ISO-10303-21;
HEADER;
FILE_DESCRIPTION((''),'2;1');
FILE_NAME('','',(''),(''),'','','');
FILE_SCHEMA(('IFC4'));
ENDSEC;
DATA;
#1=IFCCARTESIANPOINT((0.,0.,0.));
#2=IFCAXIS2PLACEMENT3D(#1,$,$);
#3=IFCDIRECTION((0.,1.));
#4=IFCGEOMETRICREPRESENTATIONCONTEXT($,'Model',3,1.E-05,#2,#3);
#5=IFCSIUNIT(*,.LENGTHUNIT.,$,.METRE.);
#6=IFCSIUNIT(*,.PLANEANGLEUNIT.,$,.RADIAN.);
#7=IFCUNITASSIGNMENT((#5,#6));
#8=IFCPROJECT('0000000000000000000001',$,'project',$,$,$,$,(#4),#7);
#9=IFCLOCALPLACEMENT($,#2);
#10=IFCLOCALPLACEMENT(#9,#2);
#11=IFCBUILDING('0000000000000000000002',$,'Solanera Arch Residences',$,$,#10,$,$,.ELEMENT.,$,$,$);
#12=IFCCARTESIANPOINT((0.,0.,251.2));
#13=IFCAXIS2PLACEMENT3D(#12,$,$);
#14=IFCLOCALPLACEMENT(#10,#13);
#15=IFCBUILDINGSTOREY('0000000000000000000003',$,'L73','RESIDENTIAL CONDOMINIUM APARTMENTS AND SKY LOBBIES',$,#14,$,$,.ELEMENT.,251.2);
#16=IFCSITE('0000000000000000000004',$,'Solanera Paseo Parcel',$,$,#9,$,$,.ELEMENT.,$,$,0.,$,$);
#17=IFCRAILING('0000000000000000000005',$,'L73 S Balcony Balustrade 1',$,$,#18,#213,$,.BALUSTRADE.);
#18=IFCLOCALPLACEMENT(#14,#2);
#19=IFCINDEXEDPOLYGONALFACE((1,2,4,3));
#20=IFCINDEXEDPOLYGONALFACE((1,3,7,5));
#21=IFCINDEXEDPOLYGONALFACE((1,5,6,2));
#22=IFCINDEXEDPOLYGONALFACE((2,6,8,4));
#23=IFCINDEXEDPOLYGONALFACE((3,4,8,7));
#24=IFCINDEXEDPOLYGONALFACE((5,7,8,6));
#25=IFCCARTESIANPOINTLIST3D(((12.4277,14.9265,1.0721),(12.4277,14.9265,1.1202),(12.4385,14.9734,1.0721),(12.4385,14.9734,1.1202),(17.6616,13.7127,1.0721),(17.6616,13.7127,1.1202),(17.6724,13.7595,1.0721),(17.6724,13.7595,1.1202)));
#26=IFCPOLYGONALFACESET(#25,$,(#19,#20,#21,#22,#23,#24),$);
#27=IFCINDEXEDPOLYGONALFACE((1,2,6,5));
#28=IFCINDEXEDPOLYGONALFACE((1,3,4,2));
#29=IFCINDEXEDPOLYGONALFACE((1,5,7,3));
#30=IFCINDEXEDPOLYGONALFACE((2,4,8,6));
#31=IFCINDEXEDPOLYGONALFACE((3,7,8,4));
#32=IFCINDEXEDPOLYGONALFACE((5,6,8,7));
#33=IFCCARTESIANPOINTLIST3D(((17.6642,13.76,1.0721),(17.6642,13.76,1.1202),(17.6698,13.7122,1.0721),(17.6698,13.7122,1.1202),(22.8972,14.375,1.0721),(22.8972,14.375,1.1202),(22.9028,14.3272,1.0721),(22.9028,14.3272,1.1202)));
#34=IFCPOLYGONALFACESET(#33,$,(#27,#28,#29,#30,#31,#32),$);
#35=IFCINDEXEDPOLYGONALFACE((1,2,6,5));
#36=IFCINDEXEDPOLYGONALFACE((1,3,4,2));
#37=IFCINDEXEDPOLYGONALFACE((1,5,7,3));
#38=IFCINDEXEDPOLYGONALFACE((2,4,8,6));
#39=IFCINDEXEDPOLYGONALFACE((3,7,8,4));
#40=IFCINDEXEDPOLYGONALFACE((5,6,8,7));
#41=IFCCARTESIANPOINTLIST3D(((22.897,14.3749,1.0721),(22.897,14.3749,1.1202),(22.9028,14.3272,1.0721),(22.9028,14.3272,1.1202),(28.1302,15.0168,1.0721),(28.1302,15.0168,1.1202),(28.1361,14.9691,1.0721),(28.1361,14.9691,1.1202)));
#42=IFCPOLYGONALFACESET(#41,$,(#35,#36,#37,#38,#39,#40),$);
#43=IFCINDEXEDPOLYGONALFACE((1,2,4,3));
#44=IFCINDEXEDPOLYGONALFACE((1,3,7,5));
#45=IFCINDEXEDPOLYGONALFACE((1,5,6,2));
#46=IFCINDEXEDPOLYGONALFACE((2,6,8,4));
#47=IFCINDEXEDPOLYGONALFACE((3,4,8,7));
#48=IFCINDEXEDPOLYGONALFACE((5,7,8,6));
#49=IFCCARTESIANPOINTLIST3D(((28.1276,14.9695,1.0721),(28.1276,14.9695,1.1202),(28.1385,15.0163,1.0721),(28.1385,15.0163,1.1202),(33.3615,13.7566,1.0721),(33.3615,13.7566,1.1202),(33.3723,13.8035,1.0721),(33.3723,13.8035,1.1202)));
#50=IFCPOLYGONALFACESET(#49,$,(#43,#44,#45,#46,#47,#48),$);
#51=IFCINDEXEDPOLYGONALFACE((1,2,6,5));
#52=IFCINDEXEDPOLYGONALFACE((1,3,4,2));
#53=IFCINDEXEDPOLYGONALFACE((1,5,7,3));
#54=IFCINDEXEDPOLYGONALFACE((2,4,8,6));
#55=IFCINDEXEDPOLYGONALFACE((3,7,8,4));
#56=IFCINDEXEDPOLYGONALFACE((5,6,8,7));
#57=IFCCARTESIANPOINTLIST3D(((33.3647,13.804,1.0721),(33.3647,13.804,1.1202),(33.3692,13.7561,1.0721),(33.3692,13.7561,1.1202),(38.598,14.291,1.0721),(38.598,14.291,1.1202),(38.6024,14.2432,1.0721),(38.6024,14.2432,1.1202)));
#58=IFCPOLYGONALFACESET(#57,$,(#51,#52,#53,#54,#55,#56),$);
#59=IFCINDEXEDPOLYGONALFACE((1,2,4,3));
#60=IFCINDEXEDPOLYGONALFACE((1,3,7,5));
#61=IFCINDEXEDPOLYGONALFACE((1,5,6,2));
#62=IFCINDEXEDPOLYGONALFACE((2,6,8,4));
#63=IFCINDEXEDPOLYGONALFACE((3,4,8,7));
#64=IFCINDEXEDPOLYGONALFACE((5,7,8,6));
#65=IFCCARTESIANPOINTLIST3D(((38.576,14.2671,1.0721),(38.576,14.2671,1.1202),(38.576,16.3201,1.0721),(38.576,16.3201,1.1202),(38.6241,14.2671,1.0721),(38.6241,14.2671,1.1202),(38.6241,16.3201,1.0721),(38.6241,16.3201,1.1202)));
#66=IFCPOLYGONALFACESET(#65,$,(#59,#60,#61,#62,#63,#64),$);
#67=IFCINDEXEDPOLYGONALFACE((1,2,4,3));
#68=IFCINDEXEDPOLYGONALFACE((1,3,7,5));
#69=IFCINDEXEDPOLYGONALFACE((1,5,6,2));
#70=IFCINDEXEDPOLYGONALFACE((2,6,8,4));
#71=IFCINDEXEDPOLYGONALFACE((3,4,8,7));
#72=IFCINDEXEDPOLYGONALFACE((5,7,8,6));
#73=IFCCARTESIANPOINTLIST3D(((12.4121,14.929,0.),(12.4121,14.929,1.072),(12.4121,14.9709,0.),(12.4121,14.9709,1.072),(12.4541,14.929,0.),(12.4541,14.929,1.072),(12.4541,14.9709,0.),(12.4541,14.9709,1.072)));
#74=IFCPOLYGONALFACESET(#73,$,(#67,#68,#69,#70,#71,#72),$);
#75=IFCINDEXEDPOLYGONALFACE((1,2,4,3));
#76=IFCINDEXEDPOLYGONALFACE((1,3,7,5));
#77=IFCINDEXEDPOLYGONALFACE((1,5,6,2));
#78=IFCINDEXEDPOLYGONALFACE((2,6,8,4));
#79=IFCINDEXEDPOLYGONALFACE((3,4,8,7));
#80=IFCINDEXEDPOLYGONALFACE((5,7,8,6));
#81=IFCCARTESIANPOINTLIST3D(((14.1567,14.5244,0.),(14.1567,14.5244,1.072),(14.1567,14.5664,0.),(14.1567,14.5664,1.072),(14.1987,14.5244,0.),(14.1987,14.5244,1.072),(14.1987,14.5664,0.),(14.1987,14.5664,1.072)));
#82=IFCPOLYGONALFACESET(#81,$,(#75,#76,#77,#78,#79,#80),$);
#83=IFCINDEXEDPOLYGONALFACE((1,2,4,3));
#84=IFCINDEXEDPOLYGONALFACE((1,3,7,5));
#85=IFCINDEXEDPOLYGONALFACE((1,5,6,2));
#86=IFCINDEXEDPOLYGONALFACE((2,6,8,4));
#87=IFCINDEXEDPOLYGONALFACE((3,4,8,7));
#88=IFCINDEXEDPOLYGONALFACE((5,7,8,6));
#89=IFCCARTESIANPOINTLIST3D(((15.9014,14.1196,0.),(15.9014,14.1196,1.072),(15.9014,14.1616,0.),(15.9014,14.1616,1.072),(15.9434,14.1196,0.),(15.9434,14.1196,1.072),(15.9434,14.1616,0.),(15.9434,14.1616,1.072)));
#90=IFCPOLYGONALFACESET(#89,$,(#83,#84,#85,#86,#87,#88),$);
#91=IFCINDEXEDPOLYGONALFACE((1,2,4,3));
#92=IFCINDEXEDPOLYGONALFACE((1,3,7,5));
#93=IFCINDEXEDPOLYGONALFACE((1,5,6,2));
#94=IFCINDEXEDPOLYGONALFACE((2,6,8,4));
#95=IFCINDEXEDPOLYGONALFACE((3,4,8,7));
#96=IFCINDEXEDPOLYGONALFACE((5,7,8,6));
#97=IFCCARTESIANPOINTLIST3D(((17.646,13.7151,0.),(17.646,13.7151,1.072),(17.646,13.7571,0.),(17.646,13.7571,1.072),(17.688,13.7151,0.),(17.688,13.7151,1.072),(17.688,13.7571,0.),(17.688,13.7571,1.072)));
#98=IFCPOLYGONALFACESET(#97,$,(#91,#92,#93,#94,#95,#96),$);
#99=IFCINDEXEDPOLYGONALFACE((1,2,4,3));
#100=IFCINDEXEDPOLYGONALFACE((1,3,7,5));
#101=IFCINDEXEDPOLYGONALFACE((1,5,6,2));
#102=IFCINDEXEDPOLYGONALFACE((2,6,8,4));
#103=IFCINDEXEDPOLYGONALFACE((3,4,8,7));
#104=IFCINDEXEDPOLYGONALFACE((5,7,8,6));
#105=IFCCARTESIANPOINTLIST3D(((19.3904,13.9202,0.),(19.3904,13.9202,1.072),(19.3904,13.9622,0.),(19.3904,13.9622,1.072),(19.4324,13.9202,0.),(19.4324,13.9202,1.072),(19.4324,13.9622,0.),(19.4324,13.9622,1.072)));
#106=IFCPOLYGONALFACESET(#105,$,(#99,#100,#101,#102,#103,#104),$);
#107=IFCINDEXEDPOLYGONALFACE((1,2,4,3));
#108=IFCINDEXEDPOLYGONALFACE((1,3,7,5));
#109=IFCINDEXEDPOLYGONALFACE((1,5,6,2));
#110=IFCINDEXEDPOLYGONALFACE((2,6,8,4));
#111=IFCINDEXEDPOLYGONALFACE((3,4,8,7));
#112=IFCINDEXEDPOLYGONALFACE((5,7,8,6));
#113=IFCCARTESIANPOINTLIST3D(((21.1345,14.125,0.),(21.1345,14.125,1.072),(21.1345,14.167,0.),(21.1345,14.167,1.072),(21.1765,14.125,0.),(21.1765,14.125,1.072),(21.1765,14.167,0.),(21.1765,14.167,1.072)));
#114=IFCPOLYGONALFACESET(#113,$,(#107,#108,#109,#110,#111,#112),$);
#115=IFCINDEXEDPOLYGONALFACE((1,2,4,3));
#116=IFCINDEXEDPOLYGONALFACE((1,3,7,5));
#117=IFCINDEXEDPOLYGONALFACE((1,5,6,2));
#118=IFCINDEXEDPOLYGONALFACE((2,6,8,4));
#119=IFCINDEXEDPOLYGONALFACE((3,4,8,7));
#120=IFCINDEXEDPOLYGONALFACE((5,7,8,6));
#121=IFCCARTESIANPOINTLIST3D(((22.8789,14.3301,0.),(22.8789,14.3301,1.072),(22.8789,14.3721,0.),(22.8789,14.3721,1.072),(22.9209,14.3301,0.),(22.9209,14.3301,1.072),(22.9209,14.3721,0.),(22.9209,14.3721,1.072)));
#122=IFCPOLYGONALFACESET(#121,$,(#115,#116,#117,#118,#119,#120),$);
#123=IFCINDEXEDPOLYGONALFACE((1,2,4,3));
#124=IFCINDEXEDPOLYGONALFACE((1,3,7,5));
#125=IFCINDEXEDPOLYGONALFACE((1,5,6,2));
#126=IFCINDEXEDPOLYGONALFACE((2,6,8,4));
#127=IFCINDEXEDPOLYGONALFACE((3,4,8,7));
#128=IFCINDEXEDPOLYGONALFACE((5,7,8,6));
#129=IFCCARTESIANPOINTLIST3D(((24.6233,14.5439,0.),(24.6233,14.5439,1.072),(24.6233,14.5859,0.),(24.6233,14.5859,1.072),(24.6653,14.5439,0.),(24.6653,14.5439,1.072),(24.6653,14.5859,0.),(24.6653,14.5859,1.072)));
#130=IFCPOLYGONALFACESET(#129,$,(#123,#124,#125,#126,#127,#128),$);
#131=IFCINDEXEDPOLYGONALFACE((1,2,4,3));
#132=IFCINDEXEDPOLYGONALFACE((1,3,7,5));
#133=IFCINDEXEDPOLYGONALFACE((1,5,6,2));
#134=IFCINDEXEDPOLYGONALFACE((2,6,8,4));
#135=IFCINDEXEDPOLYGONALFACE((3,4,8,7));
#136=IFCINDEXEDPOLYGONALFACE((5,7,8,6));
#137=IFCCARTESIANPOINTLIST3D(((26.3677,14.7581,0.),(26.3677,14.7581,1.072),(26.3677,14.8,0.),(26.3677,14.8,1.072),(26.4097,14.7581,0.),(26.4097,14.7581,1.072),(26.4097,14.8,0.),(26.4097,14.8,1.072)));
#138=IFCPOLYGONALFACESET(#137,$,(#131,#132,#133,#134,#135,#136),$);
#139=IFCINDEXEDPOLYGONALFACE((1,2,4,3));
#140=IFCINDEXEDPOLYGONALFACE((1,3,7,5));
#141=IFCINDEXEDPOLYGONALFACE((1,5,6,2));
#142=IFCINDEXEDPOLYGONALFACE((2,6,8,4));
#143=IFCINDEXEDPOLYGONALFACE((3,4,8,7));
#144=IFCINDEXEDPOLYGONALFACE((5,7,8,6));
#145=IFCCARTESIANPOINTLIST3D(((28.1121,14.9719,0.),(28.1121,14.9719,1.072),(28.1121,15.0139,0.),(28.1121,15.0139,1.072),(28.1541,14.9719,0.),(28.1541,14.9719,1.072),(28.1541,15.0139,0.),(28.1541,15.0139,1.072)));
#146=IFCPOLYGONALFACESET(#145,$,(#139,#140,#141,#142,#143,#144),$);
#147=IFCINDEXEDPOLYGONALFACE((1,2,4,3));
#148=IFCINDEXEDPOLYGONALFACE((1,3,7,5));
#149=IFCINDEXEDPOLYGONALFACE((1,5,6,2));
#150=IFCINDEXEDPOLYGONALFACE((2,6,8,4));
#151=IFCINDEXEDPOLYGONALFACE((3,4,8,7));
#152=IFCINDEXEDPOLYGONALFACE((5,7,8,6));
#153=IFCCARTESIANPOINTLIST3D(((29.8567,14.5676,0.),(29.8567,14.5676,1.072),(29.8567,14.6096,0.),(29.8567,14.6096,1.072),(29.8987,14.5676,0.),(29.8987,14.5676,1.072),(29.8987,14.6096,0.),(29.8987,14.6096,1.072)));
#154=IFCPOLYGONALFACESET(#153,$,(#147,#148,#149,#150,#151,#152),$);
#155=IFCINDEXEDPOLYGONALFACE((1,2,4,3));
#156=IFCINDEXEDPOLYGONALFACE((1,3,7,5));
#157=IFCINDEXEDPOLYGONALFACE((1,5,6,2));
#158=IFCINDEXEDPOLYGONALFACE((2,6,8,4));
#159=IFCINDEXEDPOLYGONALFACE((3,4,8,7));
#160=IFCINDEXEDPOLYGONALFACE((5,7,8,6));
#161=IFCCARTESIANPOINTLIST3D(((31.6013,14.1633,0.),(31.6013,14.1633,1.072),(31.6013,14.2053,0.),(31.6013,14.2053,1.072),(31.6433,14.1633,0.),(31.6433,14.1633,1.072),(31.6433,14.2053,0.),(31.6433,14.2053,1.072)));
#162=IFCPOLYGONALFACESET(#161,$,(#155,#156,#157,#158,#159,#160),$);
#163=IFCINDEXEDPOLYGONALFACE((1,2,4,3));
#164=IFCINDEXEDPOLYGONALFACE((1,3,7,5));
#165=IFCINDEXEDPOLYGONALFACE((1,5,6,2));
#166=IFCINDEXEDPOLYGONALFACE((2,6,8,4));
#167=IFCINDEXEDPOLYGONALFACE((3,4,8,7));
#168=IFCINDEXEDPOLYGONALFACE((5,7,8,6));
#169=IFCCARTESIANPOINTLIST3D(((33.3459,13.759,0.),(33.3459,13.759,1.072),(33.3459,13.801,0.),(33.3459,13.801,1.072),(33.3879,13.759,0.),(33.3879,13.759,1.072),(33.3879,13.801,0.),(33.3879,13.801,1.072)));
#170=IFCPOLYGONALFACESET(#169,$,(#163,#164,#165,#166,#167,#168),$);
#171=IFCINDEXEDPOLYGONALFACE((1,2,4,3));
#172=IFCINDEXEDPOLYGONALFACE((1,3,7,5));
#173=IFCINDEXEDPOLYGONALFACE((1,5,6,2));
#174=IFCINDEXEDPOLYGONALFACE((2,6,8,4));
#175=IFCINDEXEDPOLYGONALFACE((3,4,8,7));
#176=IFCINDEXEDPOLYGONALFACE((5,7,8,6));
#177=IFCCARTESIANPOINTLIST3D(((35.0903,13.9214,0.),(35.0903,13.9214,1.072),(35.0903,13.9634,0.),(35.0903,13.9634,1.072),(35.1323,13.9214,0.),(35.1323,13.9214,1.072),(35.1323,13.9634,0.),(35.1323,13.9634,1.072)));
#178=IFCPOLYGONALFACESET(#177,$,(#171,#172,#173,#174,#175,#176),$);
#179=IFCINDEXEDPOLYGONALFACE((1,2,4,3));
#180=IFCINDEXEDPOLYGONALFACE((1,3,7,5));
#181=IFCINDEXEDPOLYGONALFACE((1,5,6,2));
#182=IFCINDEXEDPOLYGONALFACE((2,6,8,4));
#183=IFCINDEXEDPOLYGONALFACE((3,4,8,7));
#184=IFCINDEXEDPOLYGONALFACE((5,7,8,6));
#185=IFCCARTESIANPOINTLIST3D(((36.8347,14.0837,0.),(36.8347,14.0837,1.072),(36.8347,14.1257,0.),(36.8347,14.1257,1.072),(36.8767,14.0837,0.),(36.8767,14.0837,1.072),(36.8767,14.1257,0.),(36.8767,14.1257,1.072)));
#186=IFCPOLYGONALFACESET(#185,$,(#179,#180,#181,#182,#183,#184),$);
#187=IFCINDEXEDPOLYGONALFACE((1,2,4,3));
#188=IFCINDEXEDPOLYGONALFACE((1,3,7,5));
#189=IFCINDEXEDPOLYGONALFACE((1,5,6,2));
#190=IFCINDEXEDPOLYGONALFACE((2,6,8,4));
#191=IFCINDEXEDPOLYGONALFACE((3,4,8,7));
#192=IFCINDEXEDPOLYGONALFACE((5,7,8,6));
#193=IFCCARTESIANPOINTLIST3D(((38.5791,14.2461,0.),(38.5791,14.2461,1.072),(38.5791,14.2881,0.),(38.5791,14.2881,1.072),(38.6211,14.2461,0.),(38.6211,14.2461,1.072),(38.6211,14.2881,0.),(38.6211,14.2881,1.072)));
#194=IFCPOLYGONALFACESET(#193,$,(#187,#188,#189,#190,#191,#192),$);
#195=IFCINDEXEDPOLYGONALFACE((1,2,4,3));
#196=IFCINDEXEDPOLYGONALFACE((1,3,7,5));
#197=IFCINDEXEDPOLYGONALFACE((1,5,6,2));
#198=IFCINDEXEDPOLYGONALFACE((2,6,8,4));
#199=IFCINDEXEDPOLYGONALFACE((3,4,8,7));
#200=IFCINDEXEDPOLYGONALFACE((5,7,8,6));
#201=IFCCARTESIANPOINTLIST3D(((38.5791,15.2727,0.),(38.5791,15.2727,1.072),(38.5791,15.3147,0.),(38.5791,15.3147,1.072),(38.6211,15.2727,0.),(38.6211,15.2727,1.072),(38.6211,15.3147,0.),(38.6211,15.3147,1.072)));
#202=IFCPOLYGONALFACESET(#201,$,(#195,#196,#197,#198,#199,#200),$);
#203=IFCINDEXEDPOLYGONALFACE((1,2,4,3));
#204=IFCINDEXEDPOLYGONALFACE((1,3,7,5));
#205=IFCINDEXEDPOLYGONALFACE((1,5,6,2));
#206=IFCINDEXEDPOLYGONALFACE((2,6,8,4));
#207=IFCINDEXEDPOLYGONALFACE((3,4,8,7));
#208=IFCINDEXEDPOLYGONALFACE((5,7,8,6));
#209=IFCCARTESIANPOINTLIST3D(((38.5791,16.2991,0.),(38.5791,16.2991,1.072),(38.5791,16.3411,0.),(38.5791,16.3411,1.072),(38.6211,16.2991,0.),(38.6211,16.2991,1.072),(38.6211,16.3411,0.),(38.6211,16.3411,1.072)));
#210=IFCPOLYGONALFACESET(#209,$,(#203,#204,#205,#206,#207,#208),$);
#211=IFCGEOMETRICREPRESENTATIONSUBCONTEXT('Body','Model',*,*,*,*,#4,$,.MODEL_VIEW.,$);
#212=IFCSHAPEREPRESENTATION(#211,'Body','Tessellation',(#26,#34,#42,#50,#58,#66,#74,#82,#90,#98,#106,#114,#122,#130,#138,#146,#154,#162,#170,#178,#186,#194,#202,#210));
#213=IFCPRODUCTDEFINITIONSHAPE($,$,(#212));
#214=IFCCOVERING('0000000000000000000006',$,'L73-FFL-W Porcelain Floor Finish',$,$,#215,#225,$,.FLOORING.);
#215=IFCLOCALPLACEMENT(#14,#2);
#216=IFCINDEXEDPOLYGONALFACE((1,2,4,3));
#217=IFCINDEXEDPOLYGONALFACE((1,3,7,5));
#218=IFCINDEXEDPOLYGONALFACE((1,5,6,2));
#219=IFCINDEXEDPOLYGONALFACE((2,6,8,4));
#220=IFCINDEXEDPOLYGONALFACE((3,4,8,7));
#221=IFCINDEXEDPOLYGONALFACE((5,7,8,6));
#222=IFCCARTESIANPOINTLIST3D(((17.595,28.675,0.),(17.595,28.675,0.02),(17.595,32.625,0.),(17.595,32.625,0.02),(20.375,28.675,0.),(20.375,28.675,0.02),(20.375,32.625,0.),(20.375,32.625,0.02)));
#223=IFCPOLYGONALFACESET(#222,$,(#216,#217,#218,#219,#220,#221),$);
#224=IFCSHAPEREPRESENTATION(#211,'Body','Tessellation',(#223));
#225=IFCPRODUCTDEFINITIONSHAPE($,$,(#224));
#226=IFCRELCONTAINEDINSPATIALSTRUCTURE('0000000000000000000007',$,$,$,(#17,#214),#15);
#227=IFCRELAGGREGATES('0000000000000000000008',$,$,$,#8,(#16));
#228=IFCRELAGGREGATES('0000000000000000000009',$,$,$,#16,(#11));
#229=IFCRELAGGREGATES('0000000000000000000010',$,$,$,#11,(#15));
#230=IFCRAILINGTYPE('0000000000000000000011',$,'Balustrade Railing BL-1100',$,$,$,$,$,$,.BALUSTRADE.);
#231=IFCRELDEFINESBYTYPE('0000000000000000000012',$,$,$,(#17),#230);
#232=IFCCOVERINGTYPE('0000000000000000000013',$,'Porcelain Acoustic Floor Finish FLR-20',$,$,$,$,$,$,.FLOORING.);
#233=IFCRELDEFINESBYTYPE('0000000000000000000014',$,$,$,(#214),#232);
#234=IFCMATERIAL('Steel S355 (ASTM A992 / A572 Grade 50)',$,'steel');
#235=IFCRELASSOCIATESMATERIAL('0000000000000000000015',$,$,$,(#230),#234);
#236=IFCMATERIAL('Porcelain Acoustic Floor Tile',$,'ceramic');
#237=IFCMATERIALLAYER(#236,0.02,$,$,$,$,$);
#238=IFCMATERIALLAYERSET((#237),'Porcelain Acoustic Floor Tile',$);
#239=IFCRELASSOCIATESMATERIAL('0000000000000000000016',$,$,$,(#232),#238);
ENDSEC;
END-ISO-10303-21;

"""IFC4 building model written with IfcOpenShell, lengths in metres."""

from ifc_helpers import new_model, si_unit, direction, frame, origin, origin_2d, place, context, subcontext, project, spatial, polyline, rectangle, outline, extrude, material, layer, layer_set, type_object, element, save


model = new_model("IFC4")

# Units and contexts
model_context = context("Model", 3, precision=1e-05, world=origin(), true_north=direction((0.0, 1.0)))
body_context = subcontext(model_context, "Body", "Model", "MODEL_VIEW")
ifc_project = project(units=[si_unit("LENGTHUNIT", "METRE"), si_unit("PLANEANGLEUNIT", "RADIAN")], contexts=[model_context])

# Site, building, storey
site_placement = place(None, origin())
site = spatial("IfcSite", under=ifc_project, at=site_placement, Name="Solanera Paseo Parcel", CompositionType="ELEMENT", RefElevation=0.0)
building_placement = place(site_placement, origin())
building = spatial("IfcBuilding", under=site, at=building_placement, Name="Solanera Arch Residences", CompositionType="ELEMENT")
storey_placement = place(building_placement, frame((0.0, 0.0, 251.2)))
storey = spatial("IfcBuildingStorey", under=building, at=storey_placement, Name="L73", Description="RESIDENTIAL CONDOMINIUM APARTMENTS AND SKY LOBBIES", CompositionType="ELEMENT", Elevation=251.2)

# Railing
ifc_material_1 = material(Name="Steel S355 (ASTM A992 / A572 Grade 50)", Category="steel")
railing_type = type_object("IfcRailingType", Name="Balustrade Railing BL-1100", PredefinedType="BALUSTRADE", material=ifc_material_1)
railing_placement = place(storey_placement, frame((12.4331, 14.95, 0.0)))
element("IfcRailing", 1, at=railing_placement, inside=storey, type_object=railing_type, Name="L73 S Balcony Balustrade 1", PredefinedType="BALUSTRADE", context=body_context, shape_type="SweptSolid", body=[
    extrude(rectangle(XDim=0.0481, YDim=0.0481, at=origin_2d()), frame((0.0, 0.0, 1.0962), z_axis=(0.974144, -0.225928, 0.0), x_axis=(0.225928, 0.974144, 0.0)), (0.0, 0.0, 1.0), 5.3728),
    extrude(rectangle(XDim=0.0481, YDim=0.0481, at=origin_2d()), frame((5.2339, -1.2139, 1.0962), z_axis=(0.993165, 0.11672, 0.0), x_axis=(-0.11672, 0.993165, 0.0)), (0.0, 0.0, 1.0), 5.269),
    extrude(rectangle(XDim=0.0481, YDim=0.0481, at=origin_2d()), frame((10.4668, -0.5989, 1.0962), z_axis=(0.992562, 0.121738, 0.0), x_axis=(-0.121738, 0.992562, 0.0)), (0.0, 0.0, 1.0), 5.2725),
    extrude(rectangle(XDim=0.0481, YDim=0.0481, at=origin_2d()), frame((15.7, 0.043, 1.0962), z_axis=(0.974184, -0.225755, 0.0), x_axis=(0.225755, 0.974184, 0.0)), (0.0, 0.0, 1.0), 5.3726),
    extrude(rectangle(XDim=0.0481, YDim=0.0481, at=origin_2d()), frame((20.9338, -1.1699, 1.0962), z_axis=(0.995697, 0.092672, 0.0), x_axis=(-0.092672, 0.995697, 0.0)), (0.0, 0.0, 1.0), 5.2559),
    extrude(rectangle(XDim=0.0481, YDim=0.0481, at=origin_2d()), frame((26.167, -0.6829, 1.0962), z_axis=(0.0, 1.0, 0.0), x_axis=(-1.0, 0.0, 0.0)), (0.0, 0.0, 1.0), 2.053),
    extrude(rectangle(XDim=0.042, YDim=0.042, at=origin_2d()), origin(), (0.0, 0.0, 1.0), 1.072),
    extrude(rectangle(XDim=0.042, YDim=0.042, at=origin_2d()), frame((1.7446, -0.4045, 0.0)), (0.0, 0.0, 1.0), 1.072),
    extrude(rectangle(XDim=0.042, YDim=0.042, at=origin_2d()), frame((3.4893, -0.8093, 0.0)), (0.0, 0.0, 1.0), 1.072),
    extrude(rectangle(XDim=0.042, YDim=0.042, at=origin_2d()), frame((5.2339, -1.2139, 0.0)), (0.0, 0.0, 1.0), 1.072),
    extrude(rectangle(XDim=0.042, YDim=0.042, at=origin_2d()), frame((6.9783, -1.0088, 0.0)), (0.0, 0.0, 1.0), 1.072),
    extrude(rectangle(XDim=0.042, YDim=0.042, at=origin_2d()), frame((8.7224, -0.804, 0.0)), (0.0, 0.0, 1.0), 1.072),
    extrude(rectangle(XDim=0.042, YDim=0.042, at=origin_2d()), frame((10.4668, -0.5989, 0.0)), (0.0, 0.0, 1.0), 1.072),
    extrude(rectangle(XDim=0.042, YDim=0.042, at=origin_2d()), frame((12.2112, -0.385, 0.0)), (0.0, 0.0, 1.0), 1.072),
    extrude(rectangle(XDim=0.042, YDim=0.042, at=origin_2d()), frame((13.9556, -0.1709, 0.0)), (0.0, 0.0, 1.0), 1.072),
    extrude(rectangle(XDim=0.042, YDim=0.042, at=origin_2d()), frame((15.7, 0.043, 0.0)), (0.0, 0.0, 1.0), 1.072),
    extrude(rectangle(XDim=0.042, YDim=0.042, at=origin_2d()), frame((17.4446, -0.3613, 0.0)), (0.0, 0.0, 1.0), 1.072),
    extrude(rectangle(XDim=0.042, YDim=0.042, at=origin_2d()), frame((19.1892, -0.7656, 0.0)), (0.0, 0.0, 1.0), 1.072),
    extrude(rectangle(XDim=0.042, YDim=0.042, at=origin_2d()), frame((20.9338, -1.1699, 0.0)), (0.0, 0.0, 1.0), 1.072),
    extrude(rectangle(XDim=0.042, YDim=0.042, at=origin_2d()), frame((22.6782, -1.0076, 0.0)), (0.0, 0.0, 1.0), 1.072),
    extrude(rectangle(XDim=0.042, YDim=0.042, at=origin_2d()), frame((24.4226, -0.8452, 0.0)), (0.0, 0.0, 1.0), 1.072),
    extrude(rectangle(XDim=0.042, YDim=0.042, at=origin_2d()), frame((26.167, -0.6829, 0.0)), (0.0, 0.0, 1.0), 1.072),
    extrude(rectangle(XDim=0.042, YDim=0.042, at=origin_2d()), frame((26.167, 0.3438, 0.0)), (0.0, 0.0, 1.0), 1.072),
    extrude(rectangle(XDim=0.042, YDim=0.042, at=origin_2d()), frame((26.167, 1.3701, 0.0)), (0.0, 0.0, 1.0), 1.072),
])

# Covering
ifc_material_2 = material(Name="Porcelain Acoustic Floor Tile", Category="ceramic")
ifc_layer_1 = layer(ifc_material_2, 0.02)
ifc_layer_set_1 = layer_set([ifc_layer_1], Name="Porcelain Acoustic Floor Tile")
covering_type_1 = type_object("IfcCoveringType", Name="Porcelain Acoustic Floor Finish FLR-20", PredefinedType="FLOORING", material=ifc_layer_set_1)
covering_1_placement = place(storey_placement, origin())
element("IfcCovering", 2, at=covering_1_placement, inside=storey, type_object=covering_type_1, Name="L73-FFL-W Porcelain Floor Finish", PredefinedType="FLOORING", context=body_context, shape_type="SweptSolid", body=[
    extrude(outline(polyline([(20.375, 28.675), (17.595, 28.675), (17.595, 32.625), (20.375, 32.625), (20.375, 28.675)])), origin(), (0.0, 0.0, 1.0), 0.02),
])

save(model, "model.ifc")
